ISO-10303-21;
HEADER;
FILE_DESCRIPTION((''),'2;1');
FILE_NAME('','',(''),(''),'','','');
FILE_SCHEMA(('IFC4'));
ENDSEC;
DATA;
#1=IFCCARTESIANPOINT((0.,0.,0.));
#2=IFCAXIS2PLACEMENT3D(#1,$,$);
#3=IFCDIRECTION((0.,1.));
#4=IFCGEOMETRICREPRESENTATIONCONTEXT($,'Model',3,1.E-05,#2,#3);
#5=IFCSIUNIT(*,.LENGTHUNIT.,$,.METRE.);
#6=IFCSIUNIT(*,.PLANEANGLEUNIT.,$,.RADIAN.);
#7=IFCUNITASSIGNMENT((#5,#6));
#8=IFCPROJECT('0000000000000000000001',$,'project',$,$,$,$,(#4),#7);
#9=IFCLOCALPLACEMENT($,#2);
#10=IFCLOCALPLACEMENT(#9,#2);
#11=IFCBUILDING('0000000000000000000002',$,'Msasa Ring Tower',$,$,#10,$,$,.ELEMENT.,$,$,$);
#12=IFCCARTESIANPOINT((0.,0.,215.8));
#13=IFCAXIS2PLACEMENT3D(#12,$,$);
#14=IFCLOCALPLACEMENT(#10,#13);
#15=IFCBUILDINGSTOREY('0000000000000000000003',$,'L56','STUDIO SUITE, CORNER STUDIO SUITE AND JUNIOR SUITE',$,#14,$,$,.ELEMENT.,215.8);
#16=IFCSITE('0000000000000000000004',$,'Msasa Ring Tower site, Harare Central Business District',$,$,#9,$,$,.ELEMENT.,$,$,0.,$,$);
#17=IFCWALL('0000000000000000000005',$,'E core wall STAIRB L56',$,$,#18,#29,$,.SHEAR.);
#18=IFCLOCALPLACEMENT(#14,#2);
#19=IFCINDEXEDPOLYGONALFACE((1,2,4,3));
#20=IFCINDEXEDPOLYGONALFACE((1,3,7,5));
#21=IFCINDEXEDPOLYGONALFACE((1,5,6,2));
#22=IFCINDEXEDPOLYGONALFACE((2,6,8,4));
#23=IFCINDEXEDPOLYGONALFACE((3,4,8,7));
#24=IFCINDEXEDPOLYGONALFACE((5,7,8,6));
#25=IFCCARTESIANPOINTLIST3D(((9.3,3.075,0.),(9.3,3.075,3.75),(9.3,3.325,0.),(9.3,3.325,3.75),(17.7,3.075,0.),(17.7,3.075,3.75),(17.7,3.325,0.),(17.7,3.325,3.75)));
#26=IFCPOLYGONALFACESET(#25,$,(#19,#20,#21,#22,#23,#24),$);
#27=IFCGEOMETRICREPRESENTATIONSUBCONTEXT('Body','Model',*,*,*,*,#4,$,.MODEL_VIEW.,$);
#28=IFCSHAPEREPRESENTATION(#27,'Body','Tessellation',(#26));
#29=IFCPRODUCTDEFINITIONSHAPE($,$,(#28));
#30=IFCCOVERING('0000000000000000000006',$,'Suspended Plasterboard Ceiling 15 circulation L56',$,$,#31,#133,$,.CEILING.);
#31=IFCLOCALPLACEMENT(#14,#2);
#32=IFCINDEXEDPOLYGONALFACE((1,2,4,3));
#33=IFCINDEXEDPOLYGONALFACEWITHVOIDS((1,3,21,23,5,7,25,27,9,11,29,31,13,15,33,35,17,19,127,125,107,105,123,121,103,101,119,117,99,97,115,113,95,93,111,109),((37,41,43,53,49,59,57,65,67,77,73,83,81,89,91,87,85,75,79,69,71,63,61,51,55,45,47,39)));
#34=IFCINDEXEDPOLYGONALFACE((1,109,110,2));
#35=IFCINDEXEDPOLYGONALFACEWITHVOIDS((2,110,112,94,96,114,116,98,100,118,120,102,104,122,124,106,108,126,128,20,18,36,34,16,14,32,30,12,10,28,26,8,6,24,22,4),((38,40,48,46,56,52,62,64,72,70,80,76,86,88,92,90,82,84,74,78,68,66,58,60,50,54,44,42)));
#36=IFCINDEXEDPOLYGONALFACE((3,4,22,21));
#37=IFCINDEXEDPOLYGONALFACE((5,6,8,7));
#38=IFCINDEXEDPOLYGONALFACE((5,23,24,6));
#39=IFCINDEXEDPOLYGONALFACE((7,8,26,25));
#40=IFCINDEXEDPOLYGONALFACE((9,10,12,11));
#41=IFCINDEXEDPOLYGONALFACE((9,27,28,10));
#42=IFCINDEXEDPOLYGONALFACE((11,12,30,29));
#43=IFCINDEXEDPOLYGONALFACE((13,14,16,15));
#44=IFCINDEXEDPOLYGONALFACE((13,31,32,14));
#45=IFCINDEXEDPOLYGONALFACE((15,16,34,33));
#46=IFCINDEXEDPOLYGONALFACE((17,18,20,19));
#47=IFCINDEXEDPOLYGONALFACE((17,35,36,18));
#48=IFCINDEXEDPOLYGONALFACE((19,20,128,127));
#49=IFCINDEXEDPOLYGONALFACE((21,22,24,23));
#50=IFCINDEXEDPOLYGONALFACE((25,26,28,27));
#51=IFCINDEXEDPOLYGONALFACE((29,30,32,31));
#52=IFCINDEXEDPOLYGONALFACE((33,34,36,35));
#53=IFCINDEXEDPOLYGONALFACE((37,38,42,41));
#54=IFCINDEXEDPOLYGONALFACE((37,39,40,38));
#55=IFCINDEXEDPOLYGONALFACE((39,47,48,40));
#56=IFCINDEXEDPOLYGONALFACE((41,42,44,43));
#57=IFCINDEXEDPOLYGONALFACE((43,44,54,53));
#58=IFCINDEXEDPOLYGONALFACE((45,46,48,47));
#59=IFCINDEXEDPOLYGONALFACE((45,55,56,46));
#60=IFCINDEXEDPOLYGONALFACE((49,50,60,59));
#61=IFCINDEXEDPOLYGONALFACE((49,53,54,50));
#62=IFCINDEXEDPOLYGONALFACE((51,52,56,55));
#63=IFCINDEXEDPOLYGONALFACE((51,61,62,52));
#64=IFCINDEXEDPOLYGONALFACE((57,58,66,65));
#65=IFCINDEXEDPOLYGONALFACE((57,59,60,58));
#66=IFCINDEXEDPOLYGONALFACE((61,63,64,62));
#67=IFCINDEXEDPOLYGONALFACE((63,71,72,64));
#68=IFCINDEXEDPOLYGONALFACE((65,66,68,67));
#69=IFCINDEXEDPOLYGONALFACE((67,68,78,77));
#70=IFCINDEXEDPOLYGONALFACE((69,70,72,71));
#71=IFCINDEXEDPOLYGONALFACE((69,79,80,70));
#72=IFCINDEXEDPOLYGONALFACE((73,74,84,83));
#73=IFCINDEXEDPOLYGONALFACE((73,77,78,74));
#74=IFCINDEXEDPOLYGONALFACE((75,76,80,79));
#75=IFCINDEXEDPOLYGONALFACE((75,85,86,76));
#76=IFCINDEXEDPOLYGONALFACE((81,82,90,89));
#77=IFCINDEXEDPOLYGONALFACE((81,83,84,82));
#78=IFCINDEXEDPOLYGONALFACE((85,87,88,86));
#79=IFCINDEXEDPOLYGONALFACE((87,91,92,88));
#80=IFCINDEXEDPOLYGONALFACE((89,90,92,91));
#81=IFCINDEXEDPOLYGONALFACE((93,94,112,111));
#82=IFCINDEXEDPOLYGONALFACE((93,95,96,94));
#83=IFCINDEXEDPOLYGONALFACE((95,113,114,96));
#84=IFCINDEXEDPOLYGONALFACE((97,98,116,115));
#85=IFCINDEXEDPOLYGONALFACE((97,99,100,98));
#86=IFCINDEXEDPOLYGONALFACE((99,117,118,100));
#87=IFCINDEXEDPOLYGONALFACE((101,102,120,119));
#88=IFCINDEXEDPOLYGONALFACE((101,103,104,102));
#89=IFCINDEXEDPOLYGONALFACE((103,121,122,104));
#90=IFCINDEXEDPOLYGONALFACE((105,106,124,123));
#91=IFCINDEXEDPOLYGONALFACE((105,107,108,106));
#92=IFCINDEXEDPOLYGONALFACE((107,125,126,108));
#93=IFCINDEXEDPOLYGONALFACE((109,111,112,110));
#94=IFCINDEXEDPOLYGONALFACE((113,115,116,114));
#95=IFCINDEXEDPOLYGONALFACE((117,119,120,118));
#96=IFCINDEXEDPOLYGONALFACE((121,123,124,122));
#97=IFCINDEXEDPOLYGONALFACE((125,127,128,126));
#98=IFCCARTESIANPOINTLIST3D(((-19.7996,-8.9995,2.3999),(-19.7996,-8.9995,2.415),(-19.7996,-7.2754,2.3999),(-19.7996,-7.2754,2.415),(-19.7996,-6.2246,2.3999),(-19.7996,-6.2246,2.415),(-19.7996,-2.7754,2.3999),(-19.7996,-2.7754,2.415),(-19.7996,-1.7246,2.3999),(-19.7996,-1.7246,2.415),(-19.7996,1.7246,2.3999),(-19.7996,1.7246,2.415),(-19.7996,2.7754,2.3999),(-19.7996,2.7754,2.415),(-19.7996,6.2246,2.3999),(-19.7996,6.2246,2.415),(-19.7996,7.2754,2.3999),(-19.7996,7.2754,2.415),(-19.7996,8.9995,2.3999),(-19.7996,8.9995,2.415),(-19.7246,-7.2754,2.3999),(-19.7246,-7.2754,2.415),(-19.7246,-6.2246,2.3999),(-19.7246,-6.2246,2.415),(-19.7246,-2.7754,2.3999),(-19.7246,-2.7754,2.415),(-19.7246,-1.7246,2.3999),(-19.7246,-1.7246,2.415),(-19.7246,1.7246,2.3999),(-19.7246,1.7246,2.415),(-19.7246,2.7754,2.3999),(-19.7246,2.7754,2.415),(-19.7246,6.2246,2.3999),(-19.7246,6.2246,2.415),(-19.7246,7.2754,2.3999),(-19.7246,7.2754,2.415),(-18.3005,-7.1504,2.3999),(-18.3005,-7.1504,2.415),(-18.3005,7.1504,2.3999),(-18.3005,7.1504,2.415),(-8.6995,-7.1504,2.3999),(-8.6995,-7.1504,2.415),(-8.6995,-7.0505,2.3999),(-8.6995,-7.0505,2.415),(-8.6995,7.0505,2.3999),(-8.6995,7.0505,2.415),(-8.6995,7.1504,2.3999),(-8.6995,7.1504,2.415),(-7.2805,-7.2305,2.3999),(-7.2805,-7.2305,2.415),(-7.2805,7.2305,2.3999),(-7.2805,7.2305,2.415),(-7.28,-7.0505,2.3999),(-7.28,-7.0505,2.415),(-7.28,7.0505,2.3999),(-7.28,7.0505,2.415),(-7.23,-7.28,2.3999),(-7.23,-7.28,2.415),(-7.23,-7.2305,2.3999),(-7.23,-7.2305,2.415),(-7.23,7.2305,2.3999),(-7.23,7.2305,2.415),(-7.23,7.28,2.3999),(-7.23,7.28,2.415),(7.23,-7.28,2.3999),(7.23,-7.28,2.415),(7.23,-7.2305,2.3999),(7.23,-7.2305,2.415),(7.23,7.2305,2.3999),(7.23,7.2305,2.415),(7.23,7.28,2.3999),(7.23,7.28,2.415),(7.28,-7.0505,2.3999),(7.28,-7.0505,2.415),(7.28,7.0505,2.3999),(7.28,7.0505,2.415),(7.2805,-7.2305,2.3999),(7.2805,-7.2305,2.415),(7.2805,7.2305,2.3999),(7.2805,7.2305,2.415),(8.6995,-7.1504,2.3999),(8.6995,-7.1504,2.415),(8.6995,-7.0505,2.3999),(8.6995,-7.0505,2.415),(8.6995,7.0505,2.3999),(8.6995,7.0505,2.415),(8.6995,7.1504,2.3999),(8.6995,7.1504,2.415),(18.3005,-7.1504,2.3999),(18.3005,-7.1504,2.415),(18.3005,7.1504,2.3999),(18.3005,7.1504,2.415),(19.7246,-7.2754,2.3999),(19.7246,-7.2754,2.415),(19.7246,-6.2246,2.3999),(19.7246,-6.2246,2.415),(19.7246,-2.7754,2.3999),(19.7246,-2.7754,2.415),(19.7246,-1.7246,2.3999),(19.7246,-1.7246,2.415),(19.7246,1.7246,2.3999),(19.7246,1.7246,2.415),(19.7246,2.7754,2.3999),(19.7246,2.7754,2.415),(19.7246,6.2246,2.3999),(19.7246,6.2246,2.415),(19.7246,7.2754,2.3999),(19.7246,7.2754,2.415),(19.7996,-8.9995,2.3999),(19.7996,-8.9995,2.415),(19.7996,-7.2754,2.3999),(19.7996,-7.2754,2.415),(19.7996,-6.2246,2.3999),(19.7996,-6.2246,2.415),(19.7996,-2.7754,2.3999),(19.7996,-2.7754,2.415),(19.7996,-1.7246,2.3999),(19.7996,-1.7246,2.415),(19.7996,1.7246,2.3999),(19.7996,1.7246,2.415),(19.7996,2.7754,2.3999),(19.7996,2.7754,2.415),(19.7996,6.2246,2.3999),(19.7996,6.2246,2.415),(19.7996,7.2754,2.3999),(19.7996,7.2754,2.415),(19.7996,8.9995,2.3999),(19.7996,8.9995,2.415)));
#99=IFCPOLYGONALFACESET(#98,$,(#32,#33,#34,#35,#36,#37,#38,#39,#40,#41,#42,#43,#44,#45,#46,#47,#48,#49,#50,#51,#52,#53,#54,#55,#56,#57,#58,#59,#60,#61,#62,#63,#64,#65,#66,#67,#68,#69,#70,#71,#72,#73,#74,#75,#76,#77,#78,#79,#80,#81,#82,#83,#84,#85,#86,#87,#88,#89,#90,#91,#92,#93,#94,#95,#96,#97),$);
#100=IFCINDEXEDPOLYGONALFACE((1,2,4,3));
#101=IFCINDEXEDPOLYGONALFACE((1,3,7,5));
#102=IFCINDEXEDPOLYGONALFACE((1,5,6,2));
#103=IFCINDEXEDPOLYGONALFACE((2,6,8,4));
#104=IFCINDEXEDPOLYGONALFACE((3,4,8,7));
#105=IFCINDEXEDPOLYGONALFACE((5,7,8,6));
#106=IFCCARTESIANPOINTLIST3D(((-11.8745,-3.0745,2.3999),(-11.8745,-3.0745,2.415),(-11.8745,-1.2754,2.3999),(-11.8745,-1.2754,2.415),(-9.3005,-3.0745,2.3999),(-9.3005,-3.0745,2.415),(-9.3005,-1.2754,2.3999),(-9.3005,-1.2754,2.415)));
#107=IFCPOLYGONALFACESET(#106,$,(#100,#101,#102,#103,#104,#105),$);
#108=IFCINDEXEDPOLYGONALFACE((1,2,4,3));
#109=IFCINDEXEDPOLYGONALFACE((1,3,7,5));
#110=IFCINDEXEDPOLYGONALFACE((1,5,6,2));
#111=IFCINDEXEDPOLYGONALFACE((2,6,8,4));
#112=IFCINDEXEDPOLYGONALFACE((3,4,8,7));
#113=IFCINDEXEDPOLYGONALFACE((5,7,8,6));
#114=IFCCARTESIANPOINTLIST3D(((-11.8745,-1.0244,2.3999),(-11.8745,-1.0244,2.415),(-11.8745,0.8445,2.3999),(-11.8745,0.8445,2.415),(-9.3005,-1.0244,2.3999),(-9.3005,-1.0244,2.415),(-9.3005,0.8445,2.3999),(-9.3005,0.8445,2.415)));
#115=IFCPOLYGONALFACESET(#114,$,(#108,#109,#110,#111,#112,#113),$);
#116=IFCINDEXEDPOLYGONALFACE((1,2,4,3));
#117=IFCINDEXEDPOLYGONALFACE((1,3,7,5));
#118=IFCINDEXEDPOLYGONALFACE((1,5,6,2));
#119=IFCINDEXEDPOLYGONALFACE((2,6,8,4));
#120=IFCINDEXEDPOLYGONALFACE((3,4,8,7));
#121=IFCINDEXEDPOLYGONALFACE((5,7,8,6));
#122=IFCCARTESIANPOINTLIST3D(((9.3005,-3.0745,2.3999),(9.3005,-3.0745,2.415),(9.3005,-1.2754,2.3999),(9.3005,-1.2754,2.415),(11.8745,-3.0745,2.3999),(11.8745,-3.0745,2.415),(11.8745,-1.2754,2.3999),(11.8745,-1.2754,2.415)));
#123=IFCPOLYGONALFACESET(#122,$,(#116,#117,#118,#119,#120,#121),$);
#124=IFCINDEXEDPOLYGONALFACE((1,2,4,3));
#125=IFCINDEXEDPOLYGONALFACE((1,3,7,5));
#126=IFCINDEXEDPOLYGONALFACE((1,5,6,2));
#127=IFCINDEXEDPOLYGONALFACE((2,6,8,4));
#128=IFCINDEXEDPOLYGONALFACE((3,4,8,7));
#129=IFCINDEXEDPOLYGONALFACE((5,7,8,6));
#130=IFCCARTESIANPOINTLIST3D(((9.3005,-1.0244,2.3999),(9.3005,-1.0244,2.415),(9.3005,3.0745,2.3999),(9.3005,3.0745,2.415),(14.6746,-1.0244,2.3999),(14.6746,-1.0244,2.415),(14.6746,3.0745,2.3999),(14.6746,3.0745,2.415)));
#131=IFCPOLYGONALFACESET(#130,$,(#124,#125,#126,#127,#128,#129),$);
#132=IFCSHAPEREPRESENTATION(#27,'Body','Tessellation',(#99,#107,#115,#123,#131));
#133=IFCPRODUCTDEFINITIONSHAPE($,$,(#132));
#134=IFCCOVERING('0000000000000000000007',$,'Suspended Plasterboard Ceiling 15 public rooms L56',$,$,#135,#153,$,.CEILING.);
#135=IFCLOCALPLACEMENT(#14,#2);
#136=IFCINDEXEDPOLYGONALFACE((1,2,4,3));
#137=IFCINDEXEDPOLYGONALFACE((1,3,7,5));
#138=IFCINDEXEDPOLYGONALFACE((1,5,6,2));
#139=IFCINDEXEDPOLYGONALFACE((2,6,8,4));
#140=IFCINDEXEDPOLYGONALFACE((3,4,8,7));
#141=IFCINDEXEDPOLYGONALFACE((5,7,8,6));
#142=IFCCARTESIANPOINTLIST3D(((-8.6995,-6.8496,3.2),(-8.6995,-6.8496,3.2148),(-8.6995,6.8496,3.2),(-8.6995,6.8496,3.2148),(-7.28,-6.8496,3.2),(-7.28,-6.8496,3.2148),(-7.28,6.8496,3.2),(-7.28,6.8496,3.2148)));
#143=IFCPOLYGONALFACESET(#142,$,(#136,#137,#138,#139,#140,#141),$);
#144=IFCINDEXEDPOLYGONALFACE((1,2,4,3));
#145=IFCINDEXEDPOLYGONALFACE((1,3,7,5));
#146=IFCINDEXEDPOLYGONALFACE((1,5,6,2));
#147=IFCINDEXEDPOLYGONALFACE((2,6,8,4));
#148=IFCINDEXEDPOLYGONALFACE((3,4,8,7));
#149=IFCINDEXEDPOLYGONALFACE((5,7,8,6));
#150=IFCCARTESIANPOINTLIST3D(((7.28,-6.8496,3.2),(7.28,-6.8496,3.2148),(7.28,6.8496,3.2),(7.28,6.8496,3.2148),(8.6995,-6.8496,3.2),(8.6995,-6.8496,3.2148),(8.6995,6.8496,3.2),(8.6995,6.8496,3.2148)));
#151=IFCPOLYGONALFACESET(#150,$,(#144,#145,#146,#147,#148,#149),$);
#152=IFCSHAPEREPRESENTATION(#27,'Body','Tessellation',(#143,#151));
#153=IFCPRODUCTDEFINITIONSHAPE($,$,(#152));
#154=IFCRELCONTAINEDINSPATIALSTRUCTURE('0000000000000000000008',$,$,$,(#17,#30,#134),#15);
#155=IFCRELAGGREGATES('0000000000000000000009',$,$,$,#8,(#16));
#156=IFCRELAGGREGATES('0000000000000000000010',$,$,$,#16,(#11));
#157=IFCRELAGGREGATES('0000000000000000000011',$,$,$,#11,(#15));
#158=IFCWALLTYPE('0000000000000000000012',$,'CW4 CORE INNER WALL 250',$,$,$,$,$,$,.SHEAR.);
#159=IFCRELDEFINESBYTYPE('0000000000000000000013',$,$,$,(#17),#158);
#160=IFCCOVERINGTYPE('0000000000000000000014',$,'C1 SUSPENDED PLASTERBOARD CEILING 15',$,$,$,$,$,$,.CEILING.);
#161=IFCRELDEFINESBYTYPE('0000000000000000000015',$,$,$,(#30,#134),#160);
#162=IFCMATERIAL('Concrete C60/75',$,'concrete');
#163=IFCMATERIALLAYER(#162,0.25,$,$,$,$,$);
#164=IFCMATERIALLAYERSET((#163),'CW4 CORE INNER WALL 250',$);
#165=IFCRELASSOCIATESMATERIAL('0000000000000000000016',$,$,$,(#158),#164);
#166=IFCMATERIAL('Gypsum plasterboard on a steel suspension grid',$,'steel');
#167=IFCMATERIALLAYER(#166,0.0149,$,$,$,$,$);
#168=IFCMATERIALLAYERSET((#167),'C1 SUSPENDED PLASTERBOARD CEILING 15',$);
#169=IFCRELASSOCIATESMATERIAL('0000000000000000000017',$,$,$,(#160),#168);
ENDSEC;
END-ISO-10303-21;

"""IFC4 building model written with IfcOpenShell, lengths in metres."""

from ifc_helpers import new_model, si_unit, direction, frame, frame_2d, origin, place, context, subcontext, project, spatial, line, indexed_curve, rectangle, outline, extrude, material, layer, layer_set, type_object, element, save


model = new_model("IFC4")

# Units and contexts
model_context = context("Model", 3, precision=1e-05, world=origin(), true_north=direction((0.0, 1.0)))
body_context = subcontext(model_context, "Body", "Model", "MODEL_VIEW")
ifc_project = project(units=[si_unit("LENGTHUNIT", "METRE"), si_unit("PLANEANGLEUNIT", "RADIAN")], contexts=[model_context])

# Site, building, storey
site_placement = place(None, origin())
site = spatial("IfcSite", under=ifc_project, at=site_placement, Name="Msasa Ring Tower site, Harare Central Business District", CompositionType="ELEMENT", RefElevation=0.0)
building_placement = place(site_placement, origin())
building = spatial("IfcBuilding", under=site, at=building_placement, Name="Msasa Ring Tower", CompositionType="ELEMENT")
storey_placement = place(building_placement, frame((0.0, 0.0, 215.8)))
storey = spatial("IfcBuildingStorey", under=building, at=storey_placement, Name="L56", Description="STUDIO SUITE, CORNER STUDIO SUITE AND JUNIOR SUITE", CompositionType="ELEMENT", Elevation=215.8)

# Wall
ifc_material_1 = material(Name="Concrete C60/75", Category="concrete")
ifc_layer_1 = layer(ifc_material_1, 0.25)
ifc_layer_set_1 = layer_set([ifc_layer_1], Name="CW4 CORE INNER WALL 250")
wall_type = type_object("IfcWallType", Name="CW4 CORE INNER WALL 250", PredefinedType="SHEAR", material=ifc_layer_set_1)
wall_placement = place(storey_placement, frame((9.3, 3.2, 0.0), z_axis=(0.0, 0.0, 1.0), x_axis=(1.0, 0.0, 0.0)))
element("IfcWall", 1, at=wall_placement, inside=storey, type_object=wall_type, Name="E core wall STAIRB L56", PredefinedType="SHEAR", context=body_context, shape_type="SweptSolid", body=[
    extrude(rectangle(XDim=8.3999, YDim=0.25, at=frame_2d((4.2, 0.0))), origin(), (0.0, 0.0, 1.0), 3.75),
])

# Coverings
ifc_material_2 = material(Name="Gypsum plasterboard on a steel suspension grid", Category="steel")
ifc_layer_2 = layer(ifc_material_2, 0.0149)
ifc_layer_set_2 = layer_set([ifc_layer_2], Name="C1 SUSPENDED PLASTERBOARD CEILING 15")
covering_type_1 = type_object("IfcCoveringType", Name="C1 SUSPENDED PLASTERBOARD CEILING 15", PredefinedType="CEILING", material=ifc_layer_set_2)
covering_1_placement = place(storey_placement, frame((0.0, 0.0, 2.3999)))
element("IfcCovering", 2, at=covering_1_placement, inside=storey, type_object=covering_type_1, Name="Suspended Plasterboard Ceiling 15 circulation L56", PredefinedType="CEILING", context=body_context, shape_type="SweptSolid", body=[
    extrude(outline(indexed_curve([(19.7996, 7.2754), (19.7246, 7.2754), (19.7246, 6.2246), (19.7996, 6.2246), (19.7996, 2.7754), (19.7246, 2.7754), (19.7246, 1.7246), (19.7996, 1.7246), (19.7996, -1.7246), (19.7246, -1.7246), (19.7246, -2.7754), (19.7996, -2.7754), (19.7996, -6.2246), (19.7246, -6.2246), (19.7246, -7.2754), (19.7996, -7.2754), (19.7996, -8.9995), (-19.7996, -8.9995), (-19.7996, -7.2754), (-19.7246, -7.2754), (-19.7246, -6.2246), (-19.7996, -6.2246), (-19.7996, -2.7754), (-19.7246, -2.7754), (-19.7246, -1.7246), (-19.7996, -1.7246), (-19.7996, 1.7246), (-19.7246, 1.7246), (-19.7246, 2.7754), (-19.7996, 2.7754), (-19.7996, 6.2246), (-19.7246, 6.2246), (-19.7246, 7.2754), (-19.7996, 7.2754), (-19.7996, 8.9995), (19.7996, 8.9995)], segments=[line(1, 2, 3, 4, 5, 6, 7, 8, 9, 10, 11, 12, 13, 14, 15, 16, 17, 18, 19, 20, 21, 22, 23, 24, 25, 26, 27, 28, 29, 30, 31, 32, 33, 34, 35, 36, 1)], self_intersect=False), holes=[indexed_curve([(8.6995, -7.1504), (18.3005, -7.1504), (18.3005, 7.1504), (8.6995, 7.1504), (8.6995, 7.0505), (7.28, 7.0505), (7.2805, 7.2305), (7.23, 7.2305), (7.23, 7.28), (-7.23, 7.28), (-7.23, 7.2305), (-7.2805, 7.2305), (-7.28, 7.0505), (-8.6995, 7.0505), (-8.6995, 7.1504), (-18.3005, 7.1504), (-18.3005, -7.1504), (-8.6995, -7.1504), (-8.6995, -7.0505), (-7.28, -7.0505), (-7.2805, -7.2305), (-7.23, -7.2305), (-7.23, -7.28), (7.23, -7.28), (7.23, -7.2305), (7.2805, -7.2305), (7.28, -7.0505), (8.6995, -7.0505)], segments=[line(1, 2, 3, 4, 5, 6, 7, 8, 9, 10, 11, 12, 13, 14, 15, 16, 17, 18, 19, 20, 21, 22, 23, 24, 25, 26, 27, 28, 1)], self_intersect=False)]), origin(), (0.0, 0.0, 1.0), 0.0151),
    extrude(outline(indexed_curve([(-9.3005, -3.0745), (-11.8745, -3.0745), (-11.8745, -1.2754), (-9.3005, -1.2754)], segments=[line(1, 2, 3, 4, 1)], self_intersect=False)), origin(), (0.0, 0.0, 1.0), 0.0151),
    extrude(outline(indexed_curve([(-9.3005, -1.0244), (-11.8745, -1.0244), (-11.8745, 0.8445), (-9.3005, 0.8445)], segments=[line(1, 2, 3, 4, 1)], self_intersect=False)), origin(), (0.0, 0.0, 1.0), 0.0151),
    extrude(outline(indexed_curve([(11.8745, -3.0745), (9.3005, -3.0745), (9.3005, -1.2754), (11.8745, -1.2754)], segments=[line(1, 2, 3, 4, 1)], self_intersect=False)), origin(), (0.0, 0.0, 1.0), 0.0151),
    extrude(outline(indexed_curve([(9.3005, -1.0244), (9.3005, 3.0745), (14.6746, 3.0745), (14.6746, -1.0244)], segments=[line(1, 2, 3, 4, 1)], self_intersect=False)), origin(), (0.0, 0.0, 1.0), 0.0151),
])
covering_2_placement = place(storey_placement, frame((0.0, 0.0, 3.2)))
element("IfcCovering", 3, at=covering_2_placement, inside=storey, type_object=covering_type_1, Name="Suspended Plasterboard Ceiling 15 public rooms L56", PredefinedType="CEILING", context=body_context, shape_type="SweptSolid", body=[
    extrude(outline(indexed_curve([(-7.28, 6.8496), (-7.28, -6.8496), (-8.6995, -6.8496), (-8.6995, 6.8496)], segments=[line(1, 2, 3, 4, 1)], self_intersect=False)), origin(), (0.0, 0.0, 1.0), 0.0149),
    extrude(outline(indexed_curve([(8.6995, 6.8496), (8.6995, -6.8496), (7.28, -6.8496), (7.28, 6.8496)], segments=[line(1, 2, 3, 4, 1)], self_intersect=False)), origin(), (0.0, 0.0, 1.0), 0.0149),
])

save(model, "model.ifc")
